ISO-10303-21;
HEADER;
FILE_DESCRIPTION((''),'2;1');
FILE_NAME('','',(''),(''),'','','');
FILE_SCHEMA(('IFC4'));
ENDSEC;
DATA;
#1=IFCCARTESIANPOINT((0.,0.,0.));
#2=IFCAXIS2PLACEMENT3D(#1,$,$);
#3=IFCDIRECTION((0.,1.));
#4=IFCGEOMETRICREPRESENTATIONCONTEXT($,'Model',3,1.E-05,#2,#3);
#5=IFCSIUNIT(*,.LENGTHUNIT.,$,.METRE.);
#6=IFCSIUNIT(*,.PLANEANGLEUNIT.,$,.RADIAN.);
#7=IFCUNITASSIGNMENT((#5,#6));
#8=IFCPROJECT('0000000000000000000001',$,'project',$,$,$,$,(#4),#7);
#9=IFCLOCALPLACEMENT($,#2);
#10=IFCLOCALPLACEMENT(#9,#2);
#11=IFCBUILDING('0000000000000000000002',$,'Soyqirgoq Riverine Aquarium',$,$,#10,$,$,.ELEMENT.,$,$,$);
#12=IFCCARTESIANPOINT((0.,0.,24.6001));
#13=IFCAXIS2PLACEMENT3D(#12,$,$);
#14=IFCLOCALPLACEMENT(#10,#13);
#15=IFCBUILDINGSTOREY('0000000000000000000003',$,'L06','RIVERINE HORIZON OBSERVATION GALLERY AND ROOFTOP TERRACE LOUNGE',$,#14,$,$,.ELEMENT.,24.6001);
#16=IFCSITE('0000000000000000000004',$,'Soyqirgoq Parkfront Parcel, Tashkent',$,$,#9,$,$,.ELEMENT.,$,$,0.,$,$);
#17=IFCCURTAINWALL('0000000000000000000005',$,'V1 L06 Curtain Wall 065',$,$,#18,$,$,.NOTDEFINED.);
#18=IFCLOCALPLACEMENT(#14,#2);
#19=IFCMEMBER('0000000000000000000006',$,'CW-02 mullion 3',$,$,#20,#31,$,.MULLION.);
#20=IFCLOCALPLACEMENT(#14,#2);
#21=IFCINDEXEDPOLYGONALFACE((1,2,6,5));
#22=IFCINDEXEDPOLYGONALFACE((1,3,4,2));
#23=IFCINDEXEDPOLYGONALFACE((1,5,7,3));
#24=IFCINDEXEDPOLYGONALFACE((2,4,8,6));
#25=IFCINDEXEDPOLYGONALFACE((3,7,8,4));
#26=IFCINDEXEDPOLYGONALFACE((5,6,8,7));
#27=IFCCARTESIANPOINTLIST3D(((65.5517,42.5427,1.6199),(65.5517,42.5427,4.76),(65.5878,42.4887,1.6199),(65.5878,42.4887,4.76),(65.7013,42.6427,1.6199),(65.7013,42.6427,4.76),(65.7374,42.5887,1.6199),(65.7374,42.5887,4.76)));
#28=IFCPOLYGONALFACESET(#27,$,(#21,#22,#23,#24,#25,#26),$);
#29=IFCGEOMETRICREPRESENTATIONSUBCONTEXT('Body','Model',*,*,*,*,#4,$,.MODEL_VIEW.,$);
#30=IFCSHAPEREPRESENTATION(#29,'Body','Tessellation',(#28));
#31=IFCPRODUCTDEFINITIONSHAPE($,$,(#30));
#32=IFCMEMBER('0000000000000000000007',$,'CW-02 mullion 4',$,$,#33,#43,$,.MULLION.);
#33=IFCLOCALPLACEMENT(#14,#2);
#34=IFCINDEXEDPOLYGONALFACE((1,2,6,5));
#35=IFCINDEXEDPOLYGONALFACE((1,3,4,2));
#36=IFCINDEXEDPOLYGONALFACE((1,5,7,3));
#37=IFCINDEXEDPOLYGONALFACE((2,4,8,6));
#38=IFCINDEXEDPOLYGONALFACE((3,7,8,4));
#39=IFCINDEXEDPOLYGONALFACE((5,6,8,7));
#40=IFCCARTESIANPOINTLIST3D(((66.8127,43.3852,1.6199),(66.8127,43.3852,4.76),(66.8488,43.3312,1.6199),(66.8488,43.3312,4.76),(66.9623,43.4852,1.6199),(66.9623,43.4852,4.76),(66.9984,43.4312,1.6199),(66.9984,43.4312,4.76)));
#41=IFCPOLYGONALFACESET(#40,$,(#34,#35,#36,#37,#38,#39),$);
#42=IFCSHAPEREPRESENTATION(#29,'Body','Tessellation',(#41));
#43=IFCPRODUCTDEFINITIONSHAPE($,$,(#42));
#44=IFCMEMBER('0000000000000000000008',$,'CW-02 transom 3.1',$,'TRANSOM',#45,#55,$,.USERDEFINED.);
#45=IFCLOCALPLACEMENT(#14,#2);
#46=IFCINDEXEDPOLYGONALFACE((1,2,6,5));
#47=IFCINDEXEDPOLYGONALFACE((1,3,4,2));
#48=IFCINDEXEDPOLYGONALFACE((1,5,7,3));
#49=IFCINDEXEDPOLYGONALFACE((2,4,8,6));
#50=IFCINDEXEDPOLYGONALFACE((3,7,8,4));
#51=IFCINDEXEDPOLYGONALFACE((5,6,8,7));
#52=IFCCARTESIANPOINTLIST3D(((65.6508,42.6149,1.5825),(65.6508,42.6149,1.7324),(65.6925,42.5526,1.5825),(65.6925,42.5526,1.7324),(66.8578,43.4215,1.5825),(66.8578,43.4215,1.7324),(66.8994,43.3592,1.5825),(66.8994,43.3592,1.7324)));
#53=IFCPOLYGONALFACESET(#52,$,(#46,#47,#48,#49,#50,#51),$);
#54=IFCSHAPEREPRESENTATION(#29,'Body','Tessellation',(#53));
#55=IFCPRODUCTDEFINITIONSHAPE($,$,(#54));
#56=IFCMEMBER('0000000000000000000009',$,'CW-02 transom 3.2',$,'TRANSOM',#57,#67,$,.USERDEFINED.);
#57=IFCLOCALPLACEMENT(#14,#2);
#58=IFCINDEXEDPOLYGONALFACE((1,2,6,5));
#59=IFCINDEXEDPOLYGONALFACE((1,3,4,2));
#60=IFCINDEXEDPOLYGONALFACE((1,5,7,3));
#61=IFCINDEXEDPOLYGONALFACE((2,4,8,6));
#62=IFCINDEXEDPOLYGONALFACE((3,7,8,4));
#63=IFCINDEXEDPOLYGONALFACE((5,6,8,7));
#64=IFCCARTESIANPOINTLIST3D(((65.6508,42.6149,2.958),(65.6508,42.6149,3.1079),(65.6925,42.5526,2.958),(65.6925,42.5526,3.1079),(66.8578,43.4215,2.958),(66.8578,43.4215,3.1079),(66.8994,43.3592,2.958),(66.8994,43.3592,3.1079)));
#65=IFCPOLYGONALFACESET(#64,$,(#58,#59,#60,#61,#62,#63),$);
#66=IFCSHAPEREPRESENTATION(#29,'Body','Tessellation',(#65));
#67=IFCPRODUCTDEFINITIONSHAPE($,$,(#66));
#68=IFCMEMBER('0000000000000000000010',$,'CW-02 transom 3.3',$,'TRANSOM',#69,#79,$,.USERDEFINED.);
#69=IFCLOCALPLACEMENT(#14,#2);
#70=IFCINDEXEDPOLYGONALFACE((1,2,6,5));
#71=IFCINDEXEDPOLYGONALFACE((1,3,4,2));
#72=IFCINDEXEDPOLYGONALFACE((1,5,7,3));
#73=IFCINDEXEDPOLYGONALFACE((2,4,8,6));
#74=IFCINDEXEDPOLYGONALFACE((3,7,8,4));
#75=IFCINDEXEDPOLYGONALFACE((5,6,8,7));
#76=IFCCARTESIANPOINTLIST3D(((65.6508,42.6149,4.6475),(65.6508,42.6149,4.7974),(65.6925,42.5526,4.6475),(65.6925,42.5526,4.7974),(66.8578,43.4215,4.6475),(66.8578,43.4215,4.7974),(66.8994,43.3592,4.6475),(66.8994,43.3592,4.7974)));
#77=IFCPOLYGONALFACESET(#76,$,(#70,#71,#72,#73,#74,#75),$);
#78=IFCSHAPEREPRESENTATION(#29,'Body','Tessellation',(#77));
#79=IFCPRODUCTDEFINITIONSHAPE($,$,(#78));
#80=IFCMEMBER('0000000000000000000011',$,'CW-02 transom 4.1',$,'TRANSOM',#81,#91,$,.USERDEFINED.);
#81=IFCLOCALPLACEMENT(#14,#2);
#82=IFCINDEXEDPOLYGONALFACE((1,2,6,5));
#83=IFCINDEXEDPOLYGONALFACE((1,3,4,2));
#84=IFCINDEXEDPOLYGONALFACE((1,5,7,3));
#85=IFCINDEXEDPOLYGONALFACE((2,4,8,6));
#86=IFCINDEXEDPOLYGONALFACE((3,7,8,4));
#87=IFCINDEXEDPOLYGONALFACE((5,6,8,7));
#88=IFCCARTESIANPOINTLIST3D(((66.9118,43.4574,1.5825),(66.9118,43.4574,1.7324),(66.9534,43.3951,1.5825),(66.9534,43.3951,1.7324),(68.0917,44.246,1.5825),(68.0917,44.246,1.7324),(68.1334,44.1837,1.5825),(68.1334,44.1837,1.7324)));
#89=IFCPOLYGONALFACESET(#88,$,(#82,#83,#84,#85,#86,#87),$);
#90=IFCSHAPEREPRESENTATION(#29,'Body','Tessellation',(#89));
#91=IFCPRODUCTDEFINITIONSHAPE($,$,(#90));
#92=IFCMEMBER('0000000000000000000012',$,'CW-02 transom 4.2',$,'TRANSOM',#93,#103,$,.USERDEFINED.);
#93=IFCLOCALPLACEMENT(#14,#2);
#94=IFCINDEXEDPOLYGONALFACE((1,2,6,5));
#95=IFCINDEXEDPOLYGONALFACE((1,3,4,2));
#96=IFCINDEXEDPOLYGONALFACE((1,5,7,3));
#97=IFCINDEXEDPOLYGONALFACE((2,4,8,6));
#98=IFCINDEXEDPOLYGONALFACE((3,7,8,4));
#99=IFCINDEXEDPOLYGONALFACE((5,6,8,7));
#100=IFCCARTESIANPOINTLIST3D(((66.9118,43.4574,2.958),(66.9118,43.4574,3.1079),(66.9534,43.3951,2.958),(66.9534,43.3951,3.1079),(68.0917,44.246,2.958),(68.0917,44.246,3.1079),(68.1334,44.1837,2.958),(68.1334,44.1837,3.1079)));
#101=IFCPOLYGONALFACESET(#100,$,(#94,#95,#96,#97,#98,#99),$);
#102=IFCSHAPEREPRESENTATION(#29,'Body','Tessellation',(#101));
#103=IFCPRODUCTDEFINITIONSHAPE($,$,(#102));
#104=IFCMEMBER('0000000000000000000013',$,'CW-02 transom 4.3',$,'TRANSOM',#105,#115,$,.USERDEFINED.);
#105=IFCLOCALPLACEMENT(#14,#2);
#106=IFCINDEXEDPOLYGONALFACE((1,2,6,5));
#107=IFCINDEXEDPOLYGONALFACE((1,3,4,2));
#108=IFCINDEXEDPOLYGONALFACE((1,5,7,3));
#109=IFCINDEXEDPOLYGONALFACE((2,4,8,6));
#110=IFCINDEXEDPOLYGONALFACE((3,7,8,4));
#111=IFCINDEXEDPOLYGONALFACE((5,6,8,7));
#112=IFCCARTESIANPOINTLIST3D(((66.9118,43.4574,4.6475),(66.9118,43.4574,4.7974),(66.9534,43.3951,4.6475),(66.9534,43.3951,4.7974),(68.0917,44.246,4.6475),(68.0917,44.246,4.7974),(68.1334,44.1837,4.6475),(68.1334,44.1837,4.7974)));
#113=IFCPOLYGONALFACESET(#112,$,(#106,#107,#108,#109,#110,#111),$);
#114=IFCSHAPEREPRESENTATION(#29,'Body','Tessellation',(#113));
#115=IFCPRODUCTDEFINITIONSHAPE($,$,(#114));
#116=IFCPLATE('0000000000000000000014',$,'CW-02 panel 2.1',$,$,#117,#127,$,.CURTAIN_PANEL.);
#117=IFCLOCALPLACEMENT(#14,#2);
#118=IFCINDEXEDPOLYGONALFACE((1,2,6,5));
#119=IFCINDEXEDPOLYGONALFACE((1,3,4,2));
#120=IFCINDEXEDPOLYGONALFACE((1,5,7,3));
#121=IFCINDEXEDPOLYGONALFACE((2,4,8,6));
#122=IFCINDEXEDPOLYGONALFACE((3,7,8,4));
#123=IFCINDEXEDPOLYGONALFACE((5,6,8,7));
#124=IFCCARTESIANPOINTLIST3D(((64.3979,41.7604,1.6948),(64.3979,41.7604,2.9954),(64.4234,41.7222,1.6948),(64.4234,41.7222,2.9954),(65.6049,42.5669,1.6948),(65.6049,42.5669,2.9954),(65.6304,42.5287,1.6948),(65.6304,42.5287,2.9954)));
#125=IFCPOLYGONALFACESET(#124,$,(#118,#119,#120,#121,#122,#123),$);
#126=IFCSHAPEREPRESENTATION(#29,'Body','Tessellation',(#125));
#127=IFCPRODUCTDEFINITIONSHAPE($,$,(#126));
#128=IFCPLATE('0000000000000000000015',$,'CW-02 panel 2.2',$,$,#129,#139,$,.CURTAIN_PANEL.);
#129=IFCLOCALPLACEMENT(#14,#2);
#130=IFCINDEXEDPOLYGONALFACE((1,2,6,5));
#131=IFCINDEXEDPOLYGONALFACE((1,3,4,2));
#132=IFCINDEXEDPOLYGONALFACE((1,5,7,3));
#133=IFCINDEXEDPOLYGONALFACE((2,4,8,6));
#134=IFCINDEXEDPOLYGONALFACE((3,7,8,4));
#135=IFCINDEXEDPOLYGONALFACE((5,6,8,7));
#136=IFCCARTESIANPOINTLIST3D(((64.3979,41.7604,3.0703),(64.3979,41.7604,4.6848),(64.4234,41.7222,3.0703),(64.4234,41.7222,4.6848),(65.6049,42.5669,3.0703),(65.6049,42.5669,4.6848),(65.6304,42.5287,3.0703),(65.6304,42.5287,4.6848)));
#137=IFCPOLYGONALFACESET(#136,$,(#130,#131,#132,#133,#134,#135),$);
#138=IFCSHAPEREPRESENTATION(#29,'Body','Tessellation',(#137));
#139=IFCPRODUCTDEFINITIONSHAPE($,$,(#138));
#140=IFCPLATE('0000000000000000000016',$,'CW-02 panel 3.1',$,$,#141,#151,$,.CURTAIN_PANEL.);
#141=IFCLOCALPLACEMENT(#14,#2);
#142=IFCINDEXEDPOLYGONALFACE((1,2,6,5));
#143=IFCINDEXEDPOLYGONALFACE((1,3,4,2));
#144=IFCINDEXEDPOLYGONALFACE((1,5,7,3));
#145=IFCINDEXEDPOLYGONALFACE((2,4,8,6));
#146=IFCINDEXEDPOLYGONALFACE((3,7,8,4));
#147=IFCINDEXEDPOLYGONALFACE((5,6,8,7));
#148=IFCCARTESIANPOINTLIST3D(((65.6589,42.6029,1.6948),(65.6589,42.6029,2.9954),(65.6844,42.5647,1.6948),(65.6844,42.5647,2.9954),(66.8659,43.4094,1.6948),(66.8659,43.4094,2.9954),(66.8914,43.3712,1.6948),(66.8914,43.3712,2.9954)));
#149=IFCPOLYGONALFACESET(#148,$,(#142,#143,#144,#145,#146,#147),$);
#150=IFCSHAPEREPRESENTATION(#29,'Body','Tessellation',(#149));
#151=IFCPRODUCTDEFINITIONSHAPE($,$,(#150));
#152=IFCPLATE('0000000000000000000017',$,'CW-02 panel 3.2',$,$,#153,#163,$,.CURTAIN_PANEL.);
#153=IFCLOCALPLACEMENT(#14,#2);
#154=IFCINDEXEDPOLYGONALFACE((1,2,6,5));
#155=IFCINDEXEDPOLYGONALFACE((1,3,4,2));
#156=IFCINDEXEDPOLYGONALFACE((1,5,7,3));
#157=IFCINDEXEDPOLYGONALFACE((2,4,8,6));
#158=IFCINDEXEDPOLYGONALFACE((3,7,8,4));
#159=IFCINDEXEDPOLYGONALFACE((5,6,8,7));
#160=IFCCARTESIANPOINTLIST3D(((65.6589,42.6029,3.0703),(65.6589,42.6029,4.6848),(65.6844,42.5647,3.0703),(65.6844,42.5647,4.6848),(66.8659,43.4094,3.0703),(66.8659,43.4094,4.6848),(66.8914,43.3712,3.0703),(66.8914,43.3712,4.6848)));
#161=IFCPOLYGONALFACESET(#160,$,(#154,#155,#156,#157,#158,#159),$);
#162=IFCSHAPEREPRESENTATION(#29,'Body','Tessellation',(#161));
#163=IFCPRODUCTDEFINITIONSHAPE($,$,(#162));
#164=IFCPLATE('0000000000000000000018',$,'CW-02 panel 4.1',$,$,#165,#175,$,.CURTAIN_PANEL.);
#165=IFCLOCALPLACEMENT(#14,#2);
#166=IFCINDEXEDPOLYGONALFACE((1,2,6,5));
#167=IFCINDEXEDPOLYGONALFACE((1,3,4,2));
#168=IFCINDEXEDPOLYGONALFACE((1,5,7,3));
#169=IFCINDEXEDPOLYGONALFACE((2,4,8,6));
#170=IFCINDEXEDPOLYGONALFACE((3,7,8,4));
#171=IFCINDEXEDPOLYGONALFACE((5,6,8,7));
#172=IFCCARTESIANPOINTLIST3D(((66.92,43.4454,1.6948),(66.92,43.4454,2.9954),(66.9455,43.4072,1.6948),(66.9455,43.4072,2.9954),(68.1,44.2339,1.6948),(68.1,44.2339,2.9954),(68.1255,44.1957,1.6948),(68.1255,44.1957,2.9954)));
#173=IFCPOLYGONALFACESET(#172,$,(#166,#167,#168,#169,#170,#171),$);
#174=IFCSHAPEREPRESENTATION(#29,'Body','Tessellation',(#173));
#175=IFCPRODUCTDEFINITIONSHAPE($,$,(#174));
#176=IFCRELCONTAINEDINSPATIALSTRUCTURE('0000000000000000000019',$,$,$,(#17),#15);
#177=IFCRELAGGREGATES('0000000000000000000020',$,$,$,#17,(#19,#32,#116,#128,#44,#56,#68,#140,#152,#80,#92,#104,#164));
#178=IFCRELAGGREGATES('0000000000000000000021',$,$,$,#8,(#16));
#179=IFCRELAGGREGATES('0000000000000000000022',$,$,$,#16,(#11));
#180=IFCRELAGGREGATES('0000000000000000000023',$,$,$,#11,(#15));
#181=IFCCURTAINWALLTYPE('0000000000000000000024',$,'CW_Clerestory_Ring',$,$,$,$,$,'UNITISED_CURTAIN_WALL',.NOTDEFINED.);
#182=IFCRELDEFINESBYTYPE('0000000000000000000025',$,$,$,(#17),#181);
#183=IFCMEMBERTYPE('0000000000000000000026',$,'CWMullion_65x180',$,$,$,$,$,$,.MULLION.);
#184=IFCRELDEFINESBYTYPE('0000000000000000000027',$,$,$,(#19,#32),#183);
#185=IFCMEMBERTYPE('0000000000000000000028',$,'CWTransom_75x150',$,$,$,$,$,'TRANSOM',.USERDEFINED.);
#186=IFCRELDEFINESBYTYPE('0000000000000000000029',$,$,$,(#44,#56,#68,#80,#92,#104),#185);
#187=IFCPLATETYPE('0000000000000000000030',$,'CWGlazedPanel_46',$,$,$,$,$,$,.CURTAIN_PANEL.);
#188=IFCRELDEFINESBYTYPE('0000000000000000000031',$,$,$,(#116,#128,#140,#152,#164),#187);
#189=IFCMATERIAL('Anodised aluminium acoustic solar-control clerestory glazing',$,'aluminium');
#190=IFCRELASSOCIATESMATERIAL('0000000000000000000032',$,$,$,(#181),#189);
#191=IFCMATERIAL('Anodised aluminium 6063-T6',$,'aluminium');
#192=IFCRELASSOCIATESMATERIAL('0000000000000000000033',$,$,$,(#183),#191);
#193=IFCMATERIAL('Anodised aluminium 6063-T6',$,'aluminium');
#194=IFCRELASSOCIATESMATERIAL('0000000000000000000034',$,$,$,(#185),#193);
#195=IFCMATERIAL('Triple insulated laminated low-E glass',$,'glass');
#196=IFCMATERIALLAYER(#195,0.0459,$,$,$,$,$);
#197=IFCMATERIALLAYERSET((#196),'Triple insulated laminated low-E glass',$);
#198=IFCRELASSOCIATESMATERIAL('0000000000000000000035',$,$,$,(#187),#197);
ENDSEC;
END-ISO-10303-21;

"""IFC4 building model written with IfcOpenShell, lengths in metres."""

from ifc_helpers import new_model, si_unit, direction, frame, origin, origin_2d, place, context, subcontext, project, spatial, rectangle, extrude, material, layer, layer_set, material_profile, profile_set, type_object, element, aggregate, save


model = new_model("IFC4")

# Units and contexts
model_context = context("Model", 3, precision=1e-05, world=origin(), true_north=direction((0.0, 1.0)))
body_context = subcontext(model_context, "Body", "Model", "MODEL_VIEW")
ifc_project = project(units=[si_unit("LENGTHUNIT", "METRE"), si_unit("PLANEANGLEUNIT", "RADIAN")], contexts=[model_context])

# Site, building, storey
site_placement = place(None, origin())
site = spatial("IfcSite", under=ifc_project, at=site_placement, Name="Soyqirgoq Parkfront Parcel, Tashkent", CompositionType="ELEMENT", RefElevation=0.0)
building_placement = place(site_placement, origin())
building = spatial("IfcBuilding", under=site, at=building_placement, Name="Soyqirgoq Riverine Aquarium", CompositionType="ELEMENT")
storey_placement = place(building_placement, frame((0.0, 0.0, 24.6001)))
storey = spatial("IfcBuildingStorey", under=building, at=storey_placement, Name="L06", Description="RIVERINE HORIZON OBSERVATION GALLERY AND ROOFTOP TERRACE LOUNGE", CompositionType="ELEMENT", Elevation=24.6001)

# Curtain wall, members, plates
ifc_material_1 = material(Name="Anodised aluminium acoustic solar-control clerestory glazing", Category="aluminium")
curtain_wall_type = type_object("IfcCurtainWallType", Name="CW_Clerestory_Ring", ElementType="UNITISED_CURTAIN_WALL", PredefinedType="NOTDEFINED", material=ifc_material_1)
curtain_wall_placement = place(storey_placement, origin())
curtain_wall = element("IfcCurtainWall", 1, at=curtain_wall_placement, inside=storey, type_object=curtain_wall_type, Name="V1 L06 Curtain Wall 065", PredefinedType="NOTDEFINED")
ifc_material_2 = material(Name="Anodised aluminium 6063-T6", Category="aluminium")
ifc_material_profile_1 = material_profile(ifc_material_2, rectangle(XDim=0.0649, YDim=0.1799, at=origin_2d()), Name="ALU-M 65x180")
ifc_profile_set_1 = profile_set([ifc_material_profile_1], Name="Anodised aluminium 6063-T6")
member_type_1 = type_object("IfcMemberType", Name="CWMullion_65x180", PredefinedType="MULLION", material=ifc_profile_set_1)
member_1_placement = place(storey_placement, frame((65.6445, 42.5657, 1.6199), z_axis=(0.0, 0.0, 1.0), x_axis=(-0.555579, 0.831464, 0.0)))
member_1 = element("IfcMember", 2, at=member_1_placement, type_object=member_type_1, Name="CW-02 mullion 3", PredefinedType="MULLION", context=body_context, shape_type="SweptSolid", body=[
    extrude(rectangle(XDim=0.0649, YDim=0.1799, at=origin_2d()), origin(), (0.0, 0.0, 1.0), 3.1401),
])
member_2_placement = place(storey_placement, frame((66.9055, 43.4082, 1.6199), z_axis=(0.0, 0.0, 1.0), x_axis=(-0.555579, 0.831464, 0.0)))
member_2 = element("IfcMember", 3, at=member_2_placement, type_object=member_type_1, Name="CW-02 mullion 4", PredefinedType="MULLION", context=body_context, shape_type="SweptSolid", body=[
    extrude(rectangle(XDim=0.0649, YDim=0.1799, at=origin_2d()), origin(), (0.0, 0.0, 1.0), 3.1401),
])
ifc_material_3 = material(Name="Anodised aluminium 6063-T6", Category="aluminium")
ifc_material_profile_2 = material_profile(ifc_material_3, rectangle(XDim=0.075, YDim=0.1499, at=origin_2d()), Name="ALU-T 75x150")
ifc_profile_set_2 = profile_set([ifc_material_profile_2], Name="Anodised aluminium 6063-T6")
member_type_2 = type_object("IfcMemberType", Name="CWTransom_75x150", ElementType="TRANSOM", PredefinedType="USERDEFINED", material=ifc_profile_set_2)
member_3_placement = place(storey_placement, frame((65.6716, 42.5837, 1.6575), z_axis=(0.831429, 0.555631, 0.0), x_axis=(-0.555631, 0.831429, 0.0)))
member_3 = element("IfcMember", 4, at=member_3_placement, type_object=member_type_2, Name="CW-02 transom 3.1", ObjectType="TRANSOM", PredefinedType="USERDEFINED", context=body_context, shape_type="SweptSolid", body=[
    extrude(rectangle(XDim=0.075, YDim=0.1499, at=origin_2d()), origin(), (0.0, 0.0, 1.0), 1.4517),
])
member_4_placement = place(storey_placement, frame((65.6716, 42.5837, 3.033), z_axis=(0.831429, 0.555631, 0.0), x_axis=(-0.555631, 0.831429, 0.0)))
member_4 = element("IfcMember", 5, at=member_4_placement, type_object=member_type_2, Name="CW-02 transom 3.2", ObjectType="TRANSOM", PredefinedType="USERDEFINED", context=body_context, shape_type="SweptSolid", body=[
    extrude(rectangle(XDim=0.075, YDim=0.1499, at=origin_2d()), origin(), (0.0, 0.0, 1.0), 1.4517),
])
member_5_placement = place(storey_placement, frame((65.6716, 42.5837, 4.7224), z_axis=(0.831429, 0.555631, 0.0), x_axis=(-0.555631, 0.831429, 0.0)))
member_5 = element("IfcMember", 6, at=member_5_placement, type_object=member_type_2, Name="CW-02 transom 3.3", ObjectType="TRANSOM", PredefinedType="USERDEFINED", context=body_context, shape_type="SweptSolid", body=[
    extrude(rectangle(XDim=0.075, YDim=0.1499, at=origin_2d()), origin(), (0.0, 0.0, 1.0), 1.4517),
])
member_6_placement = place(storey_placement, frame((66.9326, 43.4263, 1.6575), z_axis=(0.831415, 0.555653, 0.0), x_axis=(-0.555653, 0.831415, 0.0)))
member_6 = element("IfcMember", 7, at=member_6_placement, type_object=member_type_2, Name="CW-02 transom 4.1", ObjectType="TRANSOM", PredefinedType="USERDEFINED", context=body_context, shape_type="SweptSolid", body=[
    extrude(rectangle(XDim=0.075, YDim=0.1499, at=origin_2d()), origin(), (0.0, 0.0, 1.0), 1.4192),
])
member_7_placement = place(storey_placement, frame((66.9326, 43.4263, 3.033), z_axis=(0.831415, 0.555653, 0.0), x_axis=(-0.555653, 0.831415, 0.0)))
member_7 = element("IfcMember", 8, at=member_7_placement, type_object=member_type_2, Name="CW-02 transom 4.2", ObjectType="TRANSOM", PredefinedType="USERDEFINED", context=body_context, shape_type="SweptSolid", body=[
    extrude(rectangle(XDim=0.075, YDim=0.1499, at=origin_2d()), origin(), (0.0, 0.0, 1.0), 1.4192),
])
member_8_placement = place(storey_placement, frame((66.9326, 43.4263, 4.7224), z_axis=(0.831415, 0.555653, 0.0), x_axis=(-0.555653, 0.831415, 0.0)))
member_8 = element("IfcMember", 9, at=member_8_placement, type_object=member_type_2, Name="CW-02 transom 4.3", ObjectType="TRANSOM", PredefinedType="USERDEFINED", context=body_context, shape_type="SweptSolid", body=[
    extrude(rectangle(XDim=0.075, YDim=0.1499, at=origin_2d()), origin(), (0.0, 0.0, 1.0), 1.4192),
])
ifc_material_4 = material(Name="Triple insulated laminated low-E glass", Category="glass")
ifc_layer_1 = layer(ifc_material_4, 0.0459)
ifc_layer_set_1 = layer_set([ifc_layer_1], Name="Triple insulated laminated low-E glass")
plate_type = type_object("IfcPlateType", Name="CWGlazedPanel_46", PredefinedType="CURTAIN_PANEL", material=ifc_layer_set_1)
plate_1_placement = place(storey_placement, frame((65.0142, 42.1445, 1.6948), z_axis=(0.0, 0.0, 1.0), x_axis=(0.831464, 0.555579, 0.0)))
plate_1 = element("IfcPlate", 10, at=plate_1_placement, type_object=plate_type, Name="CW-02 panel 2.1", PredefinedType="CURTAIN_PANEL", context=body_context, shape_type="SweptSolid", body=[
    extrude(rectangle(XDim=1.4517, YDim=0.0459, at=origin_2d()), origin(), (0.0, 0.0, 1.0), 1.3005),
])
plate_2_placement = place(storey_placement, frame((65.0142, 42.1445, 3.0703), z_axis=(0.0, 0.0, 1.0), x_axis=(0.831464, 0.555579, 0.0)))
plate_2 = element("IfcPlate", 11, at=plate_2_placement, type_object=plate_type, Name="CW-02 panel 2.2", PredefinedType="CURTAIN_PANEL", context=body_context, shape_type="SweptSolid", body=[
    extrude(rectangle(XDim=1.4517, YDim=0.0459, at=origin_2d()), origin(), (0.0, 0.0, 1.0), 1.6145),
])
plate_3_placement = place(storey_placement, frame((66.2751, 42.9871, 1.6948), z_axis=(0.0, 0.0, 1.0), x_axis=(0.831464, 0.555579, 0.0)))
plate_3 = element("IfcPlate", 12, at=plate_3_placement, type_object=plate_type, Name="CW-02 panel 3.1", PredefinedType="CURTAIN_PANEL", context=body_context, shape_type="SweptSolid", body=[
    extrude(rectangle(XDim=1.4517, YDim=0.0459, at=origin_2d()), origin(), (0.0, 0.0, 1.0), 1.3005),
])
plate_4_placement = place(storey_placement, frame((66.2751, 42.9871, 3.0703), z_axis=(0.0, 0.0, 1.0), x_axis=(0.831464, 0.555579, 0.0)))
plate_4 = element("IfcPlate", 13, at=plate_4_placement, type_object=plate_type, Name="CW-02 panel 3.2", PredefinedType="CURTAIN_PANEL", context=body_context, shape_type="SweptSolid", body=[
    extrude(rectangle(XDim=1.4517, YDim=0.0459, at=origin_2d()), origin(), (0.0, 0.0, 1.0), 1.6145),
])
plate_5_placement = place(storey_placement, frame((67.5227, 43.8206, 1.6948), z_axis=(0.0, 0.0, 1.0), x_axis=(0.831464, 0.555579, 0.0)))
plate_5 = element("IfcPlate", 14, at=plate_5_placement, type_object=plate_type, Name="CW-02 panel 4.1", PredefinedType="CURTAIN_PANEL", context=body_context, shape_type="SweptSolid", body=[
    extrude(rectangle(XDim=1.4192, YDim=0.0459, at=origin_2d()), origin(), (0.0, 0.0, 1.0), 1.3005),
])
aggregate(curtain_wall, [member_1, member_2, plate_1, plate_2, member_3, member_4, member_5, plate_3, plate_4, member_6, member_7, member_8, plate_5])

save(model, "model.ifc")
